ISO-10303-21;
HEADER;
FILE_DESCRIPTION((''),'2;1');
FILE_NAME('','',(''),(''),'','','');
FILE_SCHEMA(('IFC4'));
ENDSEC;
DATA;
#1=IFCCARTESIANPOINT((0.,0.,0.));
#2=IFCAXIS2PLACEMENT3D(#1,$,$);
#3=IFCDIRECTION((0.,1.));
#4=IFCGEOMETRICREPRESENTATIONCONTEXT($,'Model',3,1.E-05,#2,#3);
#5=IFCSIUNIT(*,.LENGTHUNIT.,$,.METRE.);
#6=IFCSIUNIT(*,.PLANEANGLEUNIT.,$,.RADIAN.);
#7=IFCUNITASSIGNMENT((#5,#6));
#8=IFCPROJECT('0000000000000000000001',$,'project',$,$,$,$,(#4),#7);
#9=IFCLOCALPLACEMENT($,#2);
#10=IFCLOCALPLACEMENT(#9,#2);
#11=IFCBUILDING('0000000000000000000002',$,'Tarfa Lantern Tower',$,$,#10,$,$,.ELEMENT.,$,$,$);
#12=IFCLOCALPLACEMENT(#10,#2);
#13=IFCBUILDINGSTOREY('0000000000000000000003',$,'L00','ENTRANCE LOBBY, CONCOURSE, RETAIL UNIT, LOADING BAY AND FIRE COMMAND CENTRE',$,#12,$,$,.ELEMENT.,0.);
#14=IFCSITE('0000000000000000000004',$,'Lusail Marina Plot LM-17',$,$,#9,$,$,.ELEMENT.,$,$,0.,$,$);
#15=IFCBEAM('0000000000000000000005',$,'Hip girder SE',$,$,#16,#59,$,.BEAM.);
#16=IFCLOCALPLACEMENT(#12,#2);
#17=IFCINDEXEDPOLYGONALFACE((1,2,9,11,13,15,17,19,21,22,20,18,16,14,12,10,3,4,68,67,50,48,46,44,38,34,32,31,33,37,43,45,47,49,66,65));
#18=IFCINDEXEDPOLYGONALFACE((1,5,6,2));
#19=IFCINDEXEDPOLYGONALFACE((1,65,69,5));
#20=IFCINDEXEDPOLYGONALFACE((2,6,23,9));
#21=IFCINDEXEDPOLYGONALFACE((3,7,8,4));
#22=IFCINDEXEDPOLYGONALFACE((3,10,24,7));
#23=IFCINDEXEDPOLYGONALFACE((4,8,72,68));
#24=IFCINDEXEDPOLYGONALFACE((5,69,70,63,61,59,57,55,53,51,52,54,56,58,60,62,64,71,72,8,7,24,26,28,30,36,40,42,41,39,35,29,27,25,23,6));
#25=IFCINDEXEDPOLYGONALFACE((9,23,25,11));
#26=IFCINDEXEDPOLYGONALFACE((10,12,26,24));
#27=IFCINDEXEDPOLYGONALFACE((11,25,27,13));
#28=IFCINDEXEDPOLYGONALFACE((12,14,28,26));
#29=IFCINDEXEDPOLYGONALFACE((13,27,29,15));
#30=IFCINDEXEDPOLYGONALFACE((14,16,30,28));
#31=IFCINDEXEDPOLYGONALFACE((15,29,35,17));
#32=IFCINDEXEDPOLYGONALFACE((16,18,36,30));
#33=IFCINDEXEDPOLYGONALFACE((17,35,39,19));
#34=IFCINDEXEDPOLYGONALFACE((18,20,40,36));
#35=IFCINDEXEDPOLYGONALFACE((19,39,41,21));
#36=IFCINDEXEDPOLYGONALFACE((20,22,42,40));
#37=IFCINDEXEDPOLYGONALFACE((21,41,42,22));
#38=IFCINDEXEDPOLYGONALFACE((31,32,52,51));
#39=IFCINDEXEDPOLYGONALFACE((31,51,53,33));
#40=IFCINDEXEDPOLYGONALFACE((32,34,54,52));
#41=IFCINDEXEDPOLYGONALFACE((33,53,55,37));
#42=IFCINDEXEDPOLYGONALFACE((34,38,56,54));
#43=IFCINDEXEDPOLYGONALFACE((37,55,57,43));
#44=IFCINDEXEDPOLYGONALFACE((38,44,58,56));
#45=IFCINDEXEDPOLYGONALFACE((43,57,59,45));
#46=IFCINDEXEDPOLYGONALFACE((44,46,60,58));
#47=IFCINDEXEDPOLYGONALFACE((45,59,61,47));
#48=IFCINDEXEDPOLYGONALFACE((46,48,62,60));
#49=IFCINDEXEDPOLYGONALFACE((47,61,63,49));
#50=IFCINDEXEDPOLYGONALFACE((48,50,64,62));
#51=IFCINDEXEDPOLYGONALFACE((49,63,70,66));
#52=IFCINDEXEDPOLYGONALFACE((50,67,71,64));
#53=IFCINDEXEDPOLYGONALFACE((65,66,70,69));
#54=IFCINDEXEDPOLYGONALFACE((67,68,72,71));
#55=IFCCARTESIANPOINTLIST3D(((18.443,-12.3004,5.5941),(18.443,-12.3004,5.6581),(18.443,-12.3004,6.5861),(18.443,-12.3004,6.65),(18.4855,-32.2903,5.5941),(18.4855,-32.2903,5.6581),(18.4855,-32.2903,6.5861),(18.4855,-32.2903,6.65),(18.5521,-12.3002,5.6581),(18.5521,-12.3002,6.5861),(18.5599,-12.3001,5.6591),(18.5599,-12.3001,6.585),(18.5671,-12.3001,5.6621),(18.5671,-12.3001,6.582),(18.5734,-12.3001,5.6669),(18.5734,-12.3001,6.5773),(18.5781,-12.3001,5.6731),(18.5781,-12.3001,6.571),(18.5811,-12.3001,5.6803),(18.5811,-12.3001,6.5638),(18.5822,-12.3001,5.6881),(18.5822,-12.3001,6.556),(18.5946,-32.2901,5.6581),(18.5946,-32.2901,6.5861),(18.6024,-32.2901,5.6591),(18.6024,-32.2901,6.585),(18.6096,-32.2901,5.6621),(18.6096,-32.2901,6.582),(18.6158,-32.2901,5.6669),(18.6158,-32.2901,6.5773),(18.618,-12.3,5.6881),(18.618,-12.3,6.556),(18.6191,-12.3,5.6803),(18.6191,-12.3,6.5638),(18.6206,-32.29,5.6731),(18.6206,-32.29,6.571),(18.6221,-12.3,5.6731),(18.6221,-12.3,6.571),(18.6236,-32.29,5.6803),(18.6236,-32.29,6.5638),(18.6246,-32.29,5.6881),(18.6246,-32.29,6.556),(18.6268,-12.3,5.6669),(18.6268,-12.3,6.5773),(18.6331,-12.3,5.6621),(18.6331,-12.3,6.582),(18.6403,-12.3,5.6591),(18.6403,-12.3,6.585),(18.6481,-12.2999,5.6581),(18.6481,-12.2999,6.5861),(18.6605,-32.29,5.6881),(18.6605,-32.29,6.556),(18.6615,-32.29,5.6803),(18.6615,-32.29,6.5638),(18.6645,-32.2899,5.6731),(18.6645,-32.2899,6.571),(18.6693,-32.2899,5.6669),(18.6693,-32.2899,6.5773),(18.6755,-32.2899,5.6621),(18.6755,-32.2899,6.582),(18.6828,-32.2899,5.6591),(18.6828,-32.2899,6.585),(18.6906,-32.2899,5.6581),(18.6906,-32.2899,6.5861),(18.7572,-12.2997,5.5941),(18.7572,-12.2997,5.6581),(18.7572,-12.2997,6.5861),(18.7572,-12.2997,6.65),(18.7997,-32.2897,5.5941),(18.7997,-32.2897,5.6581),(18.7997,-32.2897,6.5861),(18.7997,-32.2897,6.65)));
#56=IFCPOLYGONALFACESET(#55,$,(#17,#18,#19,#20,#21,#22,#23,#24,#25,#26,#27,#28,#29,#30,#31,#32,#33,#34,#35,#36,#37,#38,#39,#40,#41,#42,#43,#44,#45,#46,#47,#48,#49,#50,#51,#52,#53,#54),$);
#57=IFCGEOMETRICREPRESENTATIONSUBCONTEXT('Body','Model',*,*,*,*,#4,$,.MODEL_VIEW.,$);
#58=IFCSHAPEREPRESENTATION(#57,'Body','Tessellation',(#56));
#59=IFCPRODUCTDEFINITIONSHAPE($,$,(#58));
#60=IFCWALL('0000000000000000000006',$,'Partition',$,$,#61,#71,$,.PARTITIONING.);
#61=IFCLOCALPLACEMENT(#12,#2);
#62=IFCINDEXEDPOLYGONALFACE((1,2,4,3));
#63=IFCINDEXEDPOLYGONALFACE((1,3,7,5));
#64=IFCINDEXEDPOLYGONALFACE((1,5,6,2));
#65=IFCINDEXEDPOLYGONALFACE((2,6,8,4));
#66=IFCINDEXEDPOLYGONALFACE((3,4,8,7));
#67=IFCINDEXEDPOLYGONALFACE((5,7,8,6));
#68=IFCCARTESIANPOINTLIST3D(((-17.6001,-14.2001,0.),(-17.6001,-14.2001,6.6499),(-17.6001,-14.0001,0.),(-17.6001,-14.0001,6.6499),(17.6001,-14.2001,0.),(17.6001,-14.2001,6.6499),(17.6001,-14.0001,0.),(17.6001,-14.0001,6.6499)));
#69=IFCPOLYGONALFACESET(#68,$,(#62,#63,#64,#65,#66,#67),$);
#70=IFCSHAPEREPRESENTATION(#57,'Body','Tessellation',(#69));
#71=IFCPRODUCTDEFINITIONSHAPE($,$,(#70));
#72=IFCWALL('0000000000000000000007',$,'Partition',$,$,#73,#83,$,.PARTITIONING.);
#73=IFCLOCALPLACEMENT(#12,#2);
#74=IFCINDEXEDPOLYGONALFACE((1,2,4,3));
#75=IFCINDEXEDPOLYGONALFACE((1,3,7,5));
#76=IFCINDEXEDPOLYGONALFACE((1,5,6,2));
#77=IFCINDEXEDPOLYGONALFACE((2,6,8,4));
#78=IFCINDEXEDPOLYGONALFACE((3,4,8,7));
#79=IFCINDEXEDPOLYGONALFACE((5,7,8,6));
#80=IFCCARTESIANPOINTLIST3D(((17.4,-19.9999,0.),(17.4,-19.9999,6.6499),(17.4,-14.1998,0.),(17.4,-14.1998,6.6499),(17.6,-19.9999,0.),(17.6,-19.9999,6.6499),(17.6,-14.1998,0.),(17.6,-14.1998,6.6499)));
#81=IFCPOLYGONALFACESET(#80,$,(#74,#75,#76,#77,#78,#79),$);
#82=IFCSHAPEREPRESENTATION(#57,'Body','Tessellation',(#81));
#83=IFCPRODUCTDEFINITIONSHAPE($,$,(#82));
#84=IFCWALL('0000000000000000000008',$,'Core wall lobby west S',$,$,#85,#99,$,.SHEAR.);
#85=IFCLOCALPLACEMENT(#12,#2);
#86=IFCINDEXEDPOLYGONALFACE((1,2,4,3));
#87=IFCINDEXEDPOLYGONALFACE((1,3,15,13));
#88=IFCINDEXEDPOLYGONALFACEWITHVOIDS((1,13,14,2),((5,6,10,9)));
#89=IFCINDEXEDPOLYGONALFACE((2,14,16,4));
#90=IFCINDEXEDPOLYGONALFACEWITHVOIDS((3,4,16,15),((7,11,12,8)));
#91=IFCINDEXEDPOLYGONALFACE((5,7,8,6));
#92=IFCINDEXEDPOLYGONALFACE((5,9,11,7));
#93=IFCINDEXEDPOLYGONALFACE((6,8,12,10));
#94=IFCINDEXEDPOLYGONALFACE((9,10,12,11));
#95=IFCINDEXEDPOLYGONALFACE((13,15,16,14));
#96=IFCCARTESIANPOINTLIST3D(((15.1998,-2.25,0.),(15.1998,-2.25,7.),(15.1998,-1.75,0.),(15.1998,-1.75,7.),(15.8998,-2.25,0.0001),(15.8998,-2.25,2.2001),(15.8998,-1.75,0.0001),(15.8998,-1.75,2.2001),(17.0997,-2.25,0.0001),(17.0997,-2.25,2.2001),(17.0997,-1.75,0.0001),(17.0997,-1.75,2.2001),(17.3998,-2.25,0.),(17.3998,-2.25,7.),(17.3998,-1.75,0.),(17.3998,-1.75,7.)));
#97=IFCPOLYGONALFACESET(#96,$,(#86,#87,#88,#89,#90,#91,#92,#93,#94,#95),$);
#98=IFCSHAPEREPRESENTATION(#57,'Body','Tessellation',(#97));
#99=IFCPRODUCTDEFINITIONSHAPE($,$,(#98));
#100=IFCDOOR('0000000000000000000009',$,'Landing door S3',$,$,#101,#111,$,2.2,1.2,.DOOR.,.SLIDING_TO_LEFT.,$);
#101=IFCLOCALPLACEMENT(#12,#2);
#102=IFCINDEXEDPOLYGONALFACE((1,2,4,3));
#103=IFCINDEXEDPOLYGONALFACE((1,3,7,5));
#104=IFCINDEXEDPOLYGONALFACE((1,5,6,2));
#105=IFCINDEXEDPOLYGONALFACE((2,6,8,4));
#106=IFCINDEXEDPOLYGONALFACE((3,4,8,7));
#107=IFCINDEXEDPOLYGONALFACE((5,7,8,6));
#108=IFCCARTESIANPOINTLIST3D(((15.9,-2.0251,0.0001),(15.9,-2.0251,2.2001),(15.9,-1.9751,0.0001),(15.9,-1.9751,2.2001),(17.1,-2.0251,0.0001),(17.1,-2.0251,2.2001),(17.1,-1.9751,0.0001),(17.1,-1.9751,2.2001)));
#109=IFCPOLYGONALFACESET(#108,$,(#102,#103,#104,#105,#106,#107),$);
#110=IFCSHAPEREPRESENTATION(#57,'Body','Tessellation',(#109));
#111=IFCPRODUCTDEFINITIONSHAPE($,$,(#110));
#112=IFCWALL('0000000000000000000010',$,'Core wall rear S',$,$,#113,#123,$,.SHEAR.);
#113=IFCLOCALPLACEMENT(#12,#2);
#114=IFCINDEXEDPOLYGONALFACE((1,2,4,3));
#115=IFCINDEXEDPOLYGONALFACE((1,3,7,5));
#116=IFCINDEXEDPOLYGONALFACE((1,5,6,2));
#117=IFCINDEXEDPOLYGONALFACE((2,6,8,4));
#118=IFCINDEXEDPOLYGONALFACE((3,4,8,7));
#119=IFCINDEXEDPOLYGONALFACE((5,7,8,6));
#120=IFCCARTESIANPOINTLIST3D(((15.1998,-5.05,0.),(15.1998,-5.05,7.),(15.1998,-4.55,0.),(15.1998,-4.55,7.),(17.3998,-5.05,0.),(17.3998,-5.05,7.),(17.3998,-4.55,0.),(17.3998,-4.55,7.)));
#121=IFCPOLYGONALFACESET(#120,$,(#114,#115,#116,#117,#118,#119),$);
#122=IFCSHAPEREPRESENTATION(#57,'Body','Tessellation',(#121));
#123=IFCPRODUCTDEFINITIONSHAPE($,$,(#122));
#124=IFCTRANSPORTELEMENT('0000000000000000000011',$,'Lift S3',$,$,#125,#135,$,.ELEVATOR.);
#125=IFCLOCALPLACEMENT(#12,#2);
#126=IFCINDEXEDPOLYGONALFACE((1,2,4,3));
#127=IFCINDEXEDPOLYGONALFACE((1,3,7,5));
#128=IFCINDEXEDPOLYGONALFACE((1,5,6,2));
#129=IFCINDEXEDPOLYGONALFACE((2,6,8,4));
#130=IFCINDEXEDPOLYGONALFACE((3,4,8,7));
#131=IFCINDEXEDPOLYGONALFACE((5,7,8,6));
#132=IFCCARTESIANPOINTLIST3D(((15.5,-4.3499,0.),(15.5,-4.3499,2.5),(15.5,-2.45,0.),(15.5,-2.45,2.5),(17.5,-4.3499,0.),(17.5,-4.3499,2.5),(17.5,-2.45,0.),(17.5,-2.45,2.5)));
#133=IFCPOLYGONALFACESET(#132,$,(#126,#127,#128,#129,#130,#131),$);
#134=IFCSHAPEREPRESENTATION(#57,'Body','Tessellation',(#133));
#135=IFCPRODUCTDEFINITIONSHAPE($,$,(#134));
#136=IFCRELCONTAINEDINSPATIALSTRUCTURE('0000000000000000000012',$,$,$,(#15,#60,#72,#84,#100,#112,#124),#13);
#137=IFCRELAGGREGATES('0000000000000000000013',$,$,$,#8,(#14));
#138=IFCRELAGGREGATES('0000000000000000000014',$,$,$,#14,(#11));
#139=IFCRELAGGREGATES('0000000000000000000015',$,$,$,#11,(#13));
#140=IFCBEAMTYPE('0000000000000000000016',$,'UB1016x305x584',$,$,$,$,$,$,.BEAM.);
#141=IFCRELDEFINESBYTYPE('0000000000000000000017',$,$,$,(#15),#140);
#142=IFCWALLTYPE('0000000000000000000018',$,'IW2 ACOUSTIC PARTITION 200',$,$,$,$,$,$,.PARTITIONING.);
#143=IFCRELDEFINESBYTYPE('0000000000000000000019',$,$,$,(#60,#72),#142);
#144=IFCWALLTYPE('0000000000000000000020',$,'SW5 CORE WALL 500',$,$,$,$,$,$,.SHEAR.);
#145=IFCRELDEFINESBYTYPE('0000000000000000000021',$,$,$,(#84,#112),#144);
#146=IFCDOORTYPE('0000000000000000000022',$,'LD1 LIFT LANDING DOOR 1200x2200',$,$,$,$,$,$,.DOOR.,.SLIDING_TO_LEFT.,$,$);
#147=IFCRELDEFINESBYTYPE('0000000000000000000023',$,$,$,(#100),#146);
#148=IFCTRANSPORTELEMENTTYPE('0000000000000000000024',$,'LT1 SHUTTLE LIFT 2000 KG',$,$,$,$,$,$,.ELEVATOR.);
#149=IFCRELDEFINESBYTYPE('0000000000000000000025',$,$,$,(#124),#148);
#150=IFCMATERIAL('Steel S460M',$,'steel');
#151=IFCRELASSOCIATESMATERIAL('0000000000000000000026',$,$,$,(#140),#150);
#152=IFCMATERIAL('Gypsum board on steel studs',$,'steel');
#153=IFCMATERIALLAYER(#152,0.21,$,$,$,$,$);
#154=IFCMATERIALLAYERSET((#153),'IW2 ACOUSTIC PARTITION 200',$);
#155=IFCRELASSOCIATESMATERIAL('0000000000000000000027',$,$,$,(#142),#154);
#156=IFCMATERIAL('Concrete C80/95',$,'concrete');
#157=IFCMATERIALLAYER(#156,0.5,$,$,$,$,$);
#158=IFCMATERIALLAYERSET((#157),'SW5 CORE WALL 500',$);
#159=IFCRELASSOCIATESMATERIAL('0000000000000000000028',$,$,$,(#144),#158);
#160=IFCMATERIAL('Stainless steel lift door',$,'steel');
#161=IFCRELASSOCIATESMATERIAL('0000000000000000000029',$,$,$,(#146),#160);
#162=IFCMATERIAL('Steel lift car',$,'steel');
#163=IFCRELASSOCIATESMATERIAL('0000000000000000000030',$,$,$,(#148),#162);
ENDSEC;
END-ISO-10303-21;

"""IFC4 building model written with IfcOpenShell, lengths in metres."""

from ifc_helpers import new_model, si_unit, direction, frame, frame_2d, origin, origin_2d, place, context, subcontext, project, spatial, rectangle, i_section, extrude, material, layer, layer_set, material_profile, profile_set, type_object, element, fill, save


model = new_model("IFC4")

# Units and contexts
model_context = context("Model", 3, precision=1e-05, world=origin(), true_north=direction((0.0, 1.0)))
body_context = subcontext(model_context, "Body", "Model", "MODEL_VIEW")
ifc_project = project(units=[si_unit("LENGTHUNIT", "METRE"), si_unit("PLANEANGLEUNIT", "RADIAN")], contexts=[model_context])

# Site, building, storey
site_placement = place(None, origin())
site = spatial("IfcSite", under=ifc_project, at=site_placement, Name="Lusail Marina Plot LM-17", CompositionType="ELEMENT", RefElevation=0.0)
building_placement = place(site_placement, origin())
building = spatial("IfcBuilding", under=site, at=building_placement, Name="Tarfa Lantern Tower", CompositionType="ELEMENT")
storey_placement = place(building_placement, origin())
storey = spatial("IfcBuildingStorey", under=building, at=storey_placement, Name="L00", Description="ENTRANCE LOBBY, CONCOURSE, RETAIL UNIT, LOADING BAY AND FIRE COMMAND CENTRE", CompositionType="ELEMENT", Elevation=0.0)

# Shared definitions
ifc_material_1 = material(Name="Concrete C80/95", Category="concrete")

# Beam
ifc_material_2 = material(Name="Steel S460M", Category="steel")
ifc_material_profile_1 = material_profile(ifc_material_2, i_section(OverallWidth=0.3142, OverallDepth=1.0559, WebThickness=0.0359, FlangeThickness=0.064, FilletRadius=0.03, at=origin_2d()), Name="UB1016x305x584")
ifc_profile_set_1 = profile_set([ifc_material_profile_1], Name="Steel S460M")
beam_type_1 = type_object("IfcBeamType", Name="UB1016x305x584", PredefinedType="BEAM", material=ifc_profile_set_1)
beam_1_placement = place(storey_placement, frame((18.6001, -12.3, 6.1221), z_axis=(0.002125, -0.999998, 0.0), x_axis=(0.999998, 0.002125, 0.0)))
element("IfcBeam", 1, at=beam_1_placement, inside=storey, type_object=beam_type_1, Name="Hip girder SE", PredefinedType="BEAM", context=body_context, shape_type="SweptSolid", body=[
    extrude(i_section(OverallWidth=0.3142, OverallDepth=1.0559, WebThickness=0.0359, FlangeThickness=0.064, FilletRadius=0.03, at=origin_2d()), origin(), (0.0, 0.0, 1.0), 19.99),
])

# Walls
ifc_material_3 = material(Name="Gypsum board on steel studs", Category="steel")
ifc_layer_1 = layer(ifc_material_3, 0.21)
ifc_layer_set_1 = layer_set([ifc_layer_1], Name="IW2 ACOUSTIC PARTITION 200")
wall_type_1 = type_object("IfcWallType", Name="IW2 ACOUSTIC PARTITION 200", PredefinedType="PARTITIONING", material=ifc_layer_set_1)
wall_1_placement = place(storey_placement, frame((17.6001, -14.1001, 0.0), z_axis=(0.0, 0.0, 1.0), x_axis=(-1.0, 0.0, 0.0)))
element("IfcWall", 2, at=wall_1_placement, inside=storey, type_object=wall_type_1, Name="Partition", PredefinedType="PARTITIONING", context=body_context, shape_type="SweptSolid", body=[
    extrude(rectangle(XDim=35.2002, YDim=0.2, at=frame_2d((17.6001, 0.0))), origin(), (0.0, 0.0, 1.0), 6.6499),
])
wall_2_placement = place(storey_placement, frame((17.5, -14.2, 0.0), z_axis=(0.0, 0.0, 1.0), x_axis=(0.0, -1.0, 0.0)))
element("IfcWall", 3, at=wall_2_placement, inside=storey, type_object=wall_type_1, Name="Partition", PredefinedType="PARTITIONING", context=body_context, shape_type="SweptSolid", body=[
    extrude(rectangle(XDim=5.8, YDim=0.2, at=frame_2d((2.8999, 0.0))), origin(), (0.0, 0.0, 1.0), 6.6499),
])

# Wall, opening, door
ifc_layer_2 = layer(ifc_material_1, 0.5)
ifc_layer_set_2 = layer_set([ifc_layer_2], Name="SW5 CORE WALL 500")
wall_type_2 = type_object("IfcWallType", Name="SW5 CORE WALL 500", PredefinedType="SHEAR", material=ifc_layer_set_2)
wall_3_placement = place(storey_placement, frame((17.3999, -2.0, 0.0), z_axis=(0.0, 0.0, 1.0), x_axis=(-1.0, 0.0, 0.0)))
wall_3 = element("IfcWall", 4, at=wall_3_placement, inside=storey, type_object=wall_type_2, Name="Core wall lobby west S", PredefinedType="SHEAR", context=body_context, shape_type="SweptSolid", body=[
    extrude(rectangle(XDim=2.2, YDim=0.5, at=frame_2d((1.1001, 0.0))), origin(), (0.0, 0.0, 1.0), 7.0),
])
opening_1_placement = place(wall_3_placement, frame((0.3, 0.0, 0.0)))
opening_1 = element("IfcOpeningElement", 5, at=opening_1_placement, cuts=wall_3, PredefinedType="OPENING", context=body_context, shape_type="SweptSolid", body=[
    extrude(rectangle(XDim=1.2, YDim=2.2, at=frame_2d((0.6001, 1.1001))), frame((0.0, 0.26, 0.0), z_axis=(0.0, -1.0, 0.0), x_axis=(1.0, 0.0, 0.0)), (0.0, 0.0, 1.0), 0.52),
])
ifc_material_4 = material(Name="Stainless steel lift door", Category="steel")
door_type_1 = type_object("IfcDoorType", Name="LD1 LIFT LANDING DOOR 1200x2200", OperationType="SLIDING_TO_LEFT", PredefinedType="DOOR", material=ifc_material_4)
door_1_placement = place(opening_1_placement, frame((1.2, 0.0, 0.0), z_axis=(0.0, 0.0, 1.0), x_axis=(-1.0, 0.0, 0.0)))
door_1 = element("IfcDoor", 6, at=door_1_placement, inside=storey, type_object=door_type_1, Name="Landing door S3", OperationType="SLIDING_TO_LEFT", OverallHeight=2.2, OverallWidth=1.2, PredefinedType="DOOR", context=body_context, shape_type="SweptSolid", body=[
    extrude(rectangle(XDim=1.2, YDim=2.2, at=frame_2d((0.6001, 1.1001))), frame((0.0, 0.0249, 0.0), z_axis=(0.0, -1.0, 0.0), x_axis=(1.0, 0.0, 0.0)), (0.0, 0.0, 1.0), 0.05),
])
fill(opening_1, door_1)

# Wall
wall_4_placement = place(storey_placement, frame((17.3999, -4.8, 0.0), z_axis=(0.0, 0.0, 1.0), x_axis=(-1.0, 0.0, 0.0)))
element("IfcWall", 7, at=wall_4_placement, inside=storey, type_object=wall_type_2, Name="Core wall rear S", PredefinedType="SHEAR", context=body_context, shape_type="SweptSolid", body=[
    extrude(rectangle(XDim=2.2, YDim=0.5, at=frame_2d((1.1001, 0.0))), origin(), (0.0, 0.0, 1.0), 7.0),
])

# Transport element
ifc_material_5 = material(Name="Steel lift car", Category="steel")
transport_element_type = type_object("IfcTransportElementType", Name="LT1 SHUTTLE LIFT 2000 KG", PredefinedType="ELEVATOR", material=ifc_material_5)
transport_element_placement = place(storey_placement, frame((16.5, -3.3999, 0.0), z_axis=(0.0, 0.0, 1.0), x_axis=(1.0, 0.0, 0.0)))
element("IfcTransportElement", 8, at=transport_element_placement, inside=storey, type_object=transport_element_type, Name="Lift S3", PredefinedType="ELEVATOR", context=body_context, shape_type="SweptSolid", body=[
    extrude(rectangle(XDim=2.0, YDim=1.8999, at=origin_2d()), origin(), (0.0, 0.0, 1.0), 2.5),
])

save(model, "model.ifc")
